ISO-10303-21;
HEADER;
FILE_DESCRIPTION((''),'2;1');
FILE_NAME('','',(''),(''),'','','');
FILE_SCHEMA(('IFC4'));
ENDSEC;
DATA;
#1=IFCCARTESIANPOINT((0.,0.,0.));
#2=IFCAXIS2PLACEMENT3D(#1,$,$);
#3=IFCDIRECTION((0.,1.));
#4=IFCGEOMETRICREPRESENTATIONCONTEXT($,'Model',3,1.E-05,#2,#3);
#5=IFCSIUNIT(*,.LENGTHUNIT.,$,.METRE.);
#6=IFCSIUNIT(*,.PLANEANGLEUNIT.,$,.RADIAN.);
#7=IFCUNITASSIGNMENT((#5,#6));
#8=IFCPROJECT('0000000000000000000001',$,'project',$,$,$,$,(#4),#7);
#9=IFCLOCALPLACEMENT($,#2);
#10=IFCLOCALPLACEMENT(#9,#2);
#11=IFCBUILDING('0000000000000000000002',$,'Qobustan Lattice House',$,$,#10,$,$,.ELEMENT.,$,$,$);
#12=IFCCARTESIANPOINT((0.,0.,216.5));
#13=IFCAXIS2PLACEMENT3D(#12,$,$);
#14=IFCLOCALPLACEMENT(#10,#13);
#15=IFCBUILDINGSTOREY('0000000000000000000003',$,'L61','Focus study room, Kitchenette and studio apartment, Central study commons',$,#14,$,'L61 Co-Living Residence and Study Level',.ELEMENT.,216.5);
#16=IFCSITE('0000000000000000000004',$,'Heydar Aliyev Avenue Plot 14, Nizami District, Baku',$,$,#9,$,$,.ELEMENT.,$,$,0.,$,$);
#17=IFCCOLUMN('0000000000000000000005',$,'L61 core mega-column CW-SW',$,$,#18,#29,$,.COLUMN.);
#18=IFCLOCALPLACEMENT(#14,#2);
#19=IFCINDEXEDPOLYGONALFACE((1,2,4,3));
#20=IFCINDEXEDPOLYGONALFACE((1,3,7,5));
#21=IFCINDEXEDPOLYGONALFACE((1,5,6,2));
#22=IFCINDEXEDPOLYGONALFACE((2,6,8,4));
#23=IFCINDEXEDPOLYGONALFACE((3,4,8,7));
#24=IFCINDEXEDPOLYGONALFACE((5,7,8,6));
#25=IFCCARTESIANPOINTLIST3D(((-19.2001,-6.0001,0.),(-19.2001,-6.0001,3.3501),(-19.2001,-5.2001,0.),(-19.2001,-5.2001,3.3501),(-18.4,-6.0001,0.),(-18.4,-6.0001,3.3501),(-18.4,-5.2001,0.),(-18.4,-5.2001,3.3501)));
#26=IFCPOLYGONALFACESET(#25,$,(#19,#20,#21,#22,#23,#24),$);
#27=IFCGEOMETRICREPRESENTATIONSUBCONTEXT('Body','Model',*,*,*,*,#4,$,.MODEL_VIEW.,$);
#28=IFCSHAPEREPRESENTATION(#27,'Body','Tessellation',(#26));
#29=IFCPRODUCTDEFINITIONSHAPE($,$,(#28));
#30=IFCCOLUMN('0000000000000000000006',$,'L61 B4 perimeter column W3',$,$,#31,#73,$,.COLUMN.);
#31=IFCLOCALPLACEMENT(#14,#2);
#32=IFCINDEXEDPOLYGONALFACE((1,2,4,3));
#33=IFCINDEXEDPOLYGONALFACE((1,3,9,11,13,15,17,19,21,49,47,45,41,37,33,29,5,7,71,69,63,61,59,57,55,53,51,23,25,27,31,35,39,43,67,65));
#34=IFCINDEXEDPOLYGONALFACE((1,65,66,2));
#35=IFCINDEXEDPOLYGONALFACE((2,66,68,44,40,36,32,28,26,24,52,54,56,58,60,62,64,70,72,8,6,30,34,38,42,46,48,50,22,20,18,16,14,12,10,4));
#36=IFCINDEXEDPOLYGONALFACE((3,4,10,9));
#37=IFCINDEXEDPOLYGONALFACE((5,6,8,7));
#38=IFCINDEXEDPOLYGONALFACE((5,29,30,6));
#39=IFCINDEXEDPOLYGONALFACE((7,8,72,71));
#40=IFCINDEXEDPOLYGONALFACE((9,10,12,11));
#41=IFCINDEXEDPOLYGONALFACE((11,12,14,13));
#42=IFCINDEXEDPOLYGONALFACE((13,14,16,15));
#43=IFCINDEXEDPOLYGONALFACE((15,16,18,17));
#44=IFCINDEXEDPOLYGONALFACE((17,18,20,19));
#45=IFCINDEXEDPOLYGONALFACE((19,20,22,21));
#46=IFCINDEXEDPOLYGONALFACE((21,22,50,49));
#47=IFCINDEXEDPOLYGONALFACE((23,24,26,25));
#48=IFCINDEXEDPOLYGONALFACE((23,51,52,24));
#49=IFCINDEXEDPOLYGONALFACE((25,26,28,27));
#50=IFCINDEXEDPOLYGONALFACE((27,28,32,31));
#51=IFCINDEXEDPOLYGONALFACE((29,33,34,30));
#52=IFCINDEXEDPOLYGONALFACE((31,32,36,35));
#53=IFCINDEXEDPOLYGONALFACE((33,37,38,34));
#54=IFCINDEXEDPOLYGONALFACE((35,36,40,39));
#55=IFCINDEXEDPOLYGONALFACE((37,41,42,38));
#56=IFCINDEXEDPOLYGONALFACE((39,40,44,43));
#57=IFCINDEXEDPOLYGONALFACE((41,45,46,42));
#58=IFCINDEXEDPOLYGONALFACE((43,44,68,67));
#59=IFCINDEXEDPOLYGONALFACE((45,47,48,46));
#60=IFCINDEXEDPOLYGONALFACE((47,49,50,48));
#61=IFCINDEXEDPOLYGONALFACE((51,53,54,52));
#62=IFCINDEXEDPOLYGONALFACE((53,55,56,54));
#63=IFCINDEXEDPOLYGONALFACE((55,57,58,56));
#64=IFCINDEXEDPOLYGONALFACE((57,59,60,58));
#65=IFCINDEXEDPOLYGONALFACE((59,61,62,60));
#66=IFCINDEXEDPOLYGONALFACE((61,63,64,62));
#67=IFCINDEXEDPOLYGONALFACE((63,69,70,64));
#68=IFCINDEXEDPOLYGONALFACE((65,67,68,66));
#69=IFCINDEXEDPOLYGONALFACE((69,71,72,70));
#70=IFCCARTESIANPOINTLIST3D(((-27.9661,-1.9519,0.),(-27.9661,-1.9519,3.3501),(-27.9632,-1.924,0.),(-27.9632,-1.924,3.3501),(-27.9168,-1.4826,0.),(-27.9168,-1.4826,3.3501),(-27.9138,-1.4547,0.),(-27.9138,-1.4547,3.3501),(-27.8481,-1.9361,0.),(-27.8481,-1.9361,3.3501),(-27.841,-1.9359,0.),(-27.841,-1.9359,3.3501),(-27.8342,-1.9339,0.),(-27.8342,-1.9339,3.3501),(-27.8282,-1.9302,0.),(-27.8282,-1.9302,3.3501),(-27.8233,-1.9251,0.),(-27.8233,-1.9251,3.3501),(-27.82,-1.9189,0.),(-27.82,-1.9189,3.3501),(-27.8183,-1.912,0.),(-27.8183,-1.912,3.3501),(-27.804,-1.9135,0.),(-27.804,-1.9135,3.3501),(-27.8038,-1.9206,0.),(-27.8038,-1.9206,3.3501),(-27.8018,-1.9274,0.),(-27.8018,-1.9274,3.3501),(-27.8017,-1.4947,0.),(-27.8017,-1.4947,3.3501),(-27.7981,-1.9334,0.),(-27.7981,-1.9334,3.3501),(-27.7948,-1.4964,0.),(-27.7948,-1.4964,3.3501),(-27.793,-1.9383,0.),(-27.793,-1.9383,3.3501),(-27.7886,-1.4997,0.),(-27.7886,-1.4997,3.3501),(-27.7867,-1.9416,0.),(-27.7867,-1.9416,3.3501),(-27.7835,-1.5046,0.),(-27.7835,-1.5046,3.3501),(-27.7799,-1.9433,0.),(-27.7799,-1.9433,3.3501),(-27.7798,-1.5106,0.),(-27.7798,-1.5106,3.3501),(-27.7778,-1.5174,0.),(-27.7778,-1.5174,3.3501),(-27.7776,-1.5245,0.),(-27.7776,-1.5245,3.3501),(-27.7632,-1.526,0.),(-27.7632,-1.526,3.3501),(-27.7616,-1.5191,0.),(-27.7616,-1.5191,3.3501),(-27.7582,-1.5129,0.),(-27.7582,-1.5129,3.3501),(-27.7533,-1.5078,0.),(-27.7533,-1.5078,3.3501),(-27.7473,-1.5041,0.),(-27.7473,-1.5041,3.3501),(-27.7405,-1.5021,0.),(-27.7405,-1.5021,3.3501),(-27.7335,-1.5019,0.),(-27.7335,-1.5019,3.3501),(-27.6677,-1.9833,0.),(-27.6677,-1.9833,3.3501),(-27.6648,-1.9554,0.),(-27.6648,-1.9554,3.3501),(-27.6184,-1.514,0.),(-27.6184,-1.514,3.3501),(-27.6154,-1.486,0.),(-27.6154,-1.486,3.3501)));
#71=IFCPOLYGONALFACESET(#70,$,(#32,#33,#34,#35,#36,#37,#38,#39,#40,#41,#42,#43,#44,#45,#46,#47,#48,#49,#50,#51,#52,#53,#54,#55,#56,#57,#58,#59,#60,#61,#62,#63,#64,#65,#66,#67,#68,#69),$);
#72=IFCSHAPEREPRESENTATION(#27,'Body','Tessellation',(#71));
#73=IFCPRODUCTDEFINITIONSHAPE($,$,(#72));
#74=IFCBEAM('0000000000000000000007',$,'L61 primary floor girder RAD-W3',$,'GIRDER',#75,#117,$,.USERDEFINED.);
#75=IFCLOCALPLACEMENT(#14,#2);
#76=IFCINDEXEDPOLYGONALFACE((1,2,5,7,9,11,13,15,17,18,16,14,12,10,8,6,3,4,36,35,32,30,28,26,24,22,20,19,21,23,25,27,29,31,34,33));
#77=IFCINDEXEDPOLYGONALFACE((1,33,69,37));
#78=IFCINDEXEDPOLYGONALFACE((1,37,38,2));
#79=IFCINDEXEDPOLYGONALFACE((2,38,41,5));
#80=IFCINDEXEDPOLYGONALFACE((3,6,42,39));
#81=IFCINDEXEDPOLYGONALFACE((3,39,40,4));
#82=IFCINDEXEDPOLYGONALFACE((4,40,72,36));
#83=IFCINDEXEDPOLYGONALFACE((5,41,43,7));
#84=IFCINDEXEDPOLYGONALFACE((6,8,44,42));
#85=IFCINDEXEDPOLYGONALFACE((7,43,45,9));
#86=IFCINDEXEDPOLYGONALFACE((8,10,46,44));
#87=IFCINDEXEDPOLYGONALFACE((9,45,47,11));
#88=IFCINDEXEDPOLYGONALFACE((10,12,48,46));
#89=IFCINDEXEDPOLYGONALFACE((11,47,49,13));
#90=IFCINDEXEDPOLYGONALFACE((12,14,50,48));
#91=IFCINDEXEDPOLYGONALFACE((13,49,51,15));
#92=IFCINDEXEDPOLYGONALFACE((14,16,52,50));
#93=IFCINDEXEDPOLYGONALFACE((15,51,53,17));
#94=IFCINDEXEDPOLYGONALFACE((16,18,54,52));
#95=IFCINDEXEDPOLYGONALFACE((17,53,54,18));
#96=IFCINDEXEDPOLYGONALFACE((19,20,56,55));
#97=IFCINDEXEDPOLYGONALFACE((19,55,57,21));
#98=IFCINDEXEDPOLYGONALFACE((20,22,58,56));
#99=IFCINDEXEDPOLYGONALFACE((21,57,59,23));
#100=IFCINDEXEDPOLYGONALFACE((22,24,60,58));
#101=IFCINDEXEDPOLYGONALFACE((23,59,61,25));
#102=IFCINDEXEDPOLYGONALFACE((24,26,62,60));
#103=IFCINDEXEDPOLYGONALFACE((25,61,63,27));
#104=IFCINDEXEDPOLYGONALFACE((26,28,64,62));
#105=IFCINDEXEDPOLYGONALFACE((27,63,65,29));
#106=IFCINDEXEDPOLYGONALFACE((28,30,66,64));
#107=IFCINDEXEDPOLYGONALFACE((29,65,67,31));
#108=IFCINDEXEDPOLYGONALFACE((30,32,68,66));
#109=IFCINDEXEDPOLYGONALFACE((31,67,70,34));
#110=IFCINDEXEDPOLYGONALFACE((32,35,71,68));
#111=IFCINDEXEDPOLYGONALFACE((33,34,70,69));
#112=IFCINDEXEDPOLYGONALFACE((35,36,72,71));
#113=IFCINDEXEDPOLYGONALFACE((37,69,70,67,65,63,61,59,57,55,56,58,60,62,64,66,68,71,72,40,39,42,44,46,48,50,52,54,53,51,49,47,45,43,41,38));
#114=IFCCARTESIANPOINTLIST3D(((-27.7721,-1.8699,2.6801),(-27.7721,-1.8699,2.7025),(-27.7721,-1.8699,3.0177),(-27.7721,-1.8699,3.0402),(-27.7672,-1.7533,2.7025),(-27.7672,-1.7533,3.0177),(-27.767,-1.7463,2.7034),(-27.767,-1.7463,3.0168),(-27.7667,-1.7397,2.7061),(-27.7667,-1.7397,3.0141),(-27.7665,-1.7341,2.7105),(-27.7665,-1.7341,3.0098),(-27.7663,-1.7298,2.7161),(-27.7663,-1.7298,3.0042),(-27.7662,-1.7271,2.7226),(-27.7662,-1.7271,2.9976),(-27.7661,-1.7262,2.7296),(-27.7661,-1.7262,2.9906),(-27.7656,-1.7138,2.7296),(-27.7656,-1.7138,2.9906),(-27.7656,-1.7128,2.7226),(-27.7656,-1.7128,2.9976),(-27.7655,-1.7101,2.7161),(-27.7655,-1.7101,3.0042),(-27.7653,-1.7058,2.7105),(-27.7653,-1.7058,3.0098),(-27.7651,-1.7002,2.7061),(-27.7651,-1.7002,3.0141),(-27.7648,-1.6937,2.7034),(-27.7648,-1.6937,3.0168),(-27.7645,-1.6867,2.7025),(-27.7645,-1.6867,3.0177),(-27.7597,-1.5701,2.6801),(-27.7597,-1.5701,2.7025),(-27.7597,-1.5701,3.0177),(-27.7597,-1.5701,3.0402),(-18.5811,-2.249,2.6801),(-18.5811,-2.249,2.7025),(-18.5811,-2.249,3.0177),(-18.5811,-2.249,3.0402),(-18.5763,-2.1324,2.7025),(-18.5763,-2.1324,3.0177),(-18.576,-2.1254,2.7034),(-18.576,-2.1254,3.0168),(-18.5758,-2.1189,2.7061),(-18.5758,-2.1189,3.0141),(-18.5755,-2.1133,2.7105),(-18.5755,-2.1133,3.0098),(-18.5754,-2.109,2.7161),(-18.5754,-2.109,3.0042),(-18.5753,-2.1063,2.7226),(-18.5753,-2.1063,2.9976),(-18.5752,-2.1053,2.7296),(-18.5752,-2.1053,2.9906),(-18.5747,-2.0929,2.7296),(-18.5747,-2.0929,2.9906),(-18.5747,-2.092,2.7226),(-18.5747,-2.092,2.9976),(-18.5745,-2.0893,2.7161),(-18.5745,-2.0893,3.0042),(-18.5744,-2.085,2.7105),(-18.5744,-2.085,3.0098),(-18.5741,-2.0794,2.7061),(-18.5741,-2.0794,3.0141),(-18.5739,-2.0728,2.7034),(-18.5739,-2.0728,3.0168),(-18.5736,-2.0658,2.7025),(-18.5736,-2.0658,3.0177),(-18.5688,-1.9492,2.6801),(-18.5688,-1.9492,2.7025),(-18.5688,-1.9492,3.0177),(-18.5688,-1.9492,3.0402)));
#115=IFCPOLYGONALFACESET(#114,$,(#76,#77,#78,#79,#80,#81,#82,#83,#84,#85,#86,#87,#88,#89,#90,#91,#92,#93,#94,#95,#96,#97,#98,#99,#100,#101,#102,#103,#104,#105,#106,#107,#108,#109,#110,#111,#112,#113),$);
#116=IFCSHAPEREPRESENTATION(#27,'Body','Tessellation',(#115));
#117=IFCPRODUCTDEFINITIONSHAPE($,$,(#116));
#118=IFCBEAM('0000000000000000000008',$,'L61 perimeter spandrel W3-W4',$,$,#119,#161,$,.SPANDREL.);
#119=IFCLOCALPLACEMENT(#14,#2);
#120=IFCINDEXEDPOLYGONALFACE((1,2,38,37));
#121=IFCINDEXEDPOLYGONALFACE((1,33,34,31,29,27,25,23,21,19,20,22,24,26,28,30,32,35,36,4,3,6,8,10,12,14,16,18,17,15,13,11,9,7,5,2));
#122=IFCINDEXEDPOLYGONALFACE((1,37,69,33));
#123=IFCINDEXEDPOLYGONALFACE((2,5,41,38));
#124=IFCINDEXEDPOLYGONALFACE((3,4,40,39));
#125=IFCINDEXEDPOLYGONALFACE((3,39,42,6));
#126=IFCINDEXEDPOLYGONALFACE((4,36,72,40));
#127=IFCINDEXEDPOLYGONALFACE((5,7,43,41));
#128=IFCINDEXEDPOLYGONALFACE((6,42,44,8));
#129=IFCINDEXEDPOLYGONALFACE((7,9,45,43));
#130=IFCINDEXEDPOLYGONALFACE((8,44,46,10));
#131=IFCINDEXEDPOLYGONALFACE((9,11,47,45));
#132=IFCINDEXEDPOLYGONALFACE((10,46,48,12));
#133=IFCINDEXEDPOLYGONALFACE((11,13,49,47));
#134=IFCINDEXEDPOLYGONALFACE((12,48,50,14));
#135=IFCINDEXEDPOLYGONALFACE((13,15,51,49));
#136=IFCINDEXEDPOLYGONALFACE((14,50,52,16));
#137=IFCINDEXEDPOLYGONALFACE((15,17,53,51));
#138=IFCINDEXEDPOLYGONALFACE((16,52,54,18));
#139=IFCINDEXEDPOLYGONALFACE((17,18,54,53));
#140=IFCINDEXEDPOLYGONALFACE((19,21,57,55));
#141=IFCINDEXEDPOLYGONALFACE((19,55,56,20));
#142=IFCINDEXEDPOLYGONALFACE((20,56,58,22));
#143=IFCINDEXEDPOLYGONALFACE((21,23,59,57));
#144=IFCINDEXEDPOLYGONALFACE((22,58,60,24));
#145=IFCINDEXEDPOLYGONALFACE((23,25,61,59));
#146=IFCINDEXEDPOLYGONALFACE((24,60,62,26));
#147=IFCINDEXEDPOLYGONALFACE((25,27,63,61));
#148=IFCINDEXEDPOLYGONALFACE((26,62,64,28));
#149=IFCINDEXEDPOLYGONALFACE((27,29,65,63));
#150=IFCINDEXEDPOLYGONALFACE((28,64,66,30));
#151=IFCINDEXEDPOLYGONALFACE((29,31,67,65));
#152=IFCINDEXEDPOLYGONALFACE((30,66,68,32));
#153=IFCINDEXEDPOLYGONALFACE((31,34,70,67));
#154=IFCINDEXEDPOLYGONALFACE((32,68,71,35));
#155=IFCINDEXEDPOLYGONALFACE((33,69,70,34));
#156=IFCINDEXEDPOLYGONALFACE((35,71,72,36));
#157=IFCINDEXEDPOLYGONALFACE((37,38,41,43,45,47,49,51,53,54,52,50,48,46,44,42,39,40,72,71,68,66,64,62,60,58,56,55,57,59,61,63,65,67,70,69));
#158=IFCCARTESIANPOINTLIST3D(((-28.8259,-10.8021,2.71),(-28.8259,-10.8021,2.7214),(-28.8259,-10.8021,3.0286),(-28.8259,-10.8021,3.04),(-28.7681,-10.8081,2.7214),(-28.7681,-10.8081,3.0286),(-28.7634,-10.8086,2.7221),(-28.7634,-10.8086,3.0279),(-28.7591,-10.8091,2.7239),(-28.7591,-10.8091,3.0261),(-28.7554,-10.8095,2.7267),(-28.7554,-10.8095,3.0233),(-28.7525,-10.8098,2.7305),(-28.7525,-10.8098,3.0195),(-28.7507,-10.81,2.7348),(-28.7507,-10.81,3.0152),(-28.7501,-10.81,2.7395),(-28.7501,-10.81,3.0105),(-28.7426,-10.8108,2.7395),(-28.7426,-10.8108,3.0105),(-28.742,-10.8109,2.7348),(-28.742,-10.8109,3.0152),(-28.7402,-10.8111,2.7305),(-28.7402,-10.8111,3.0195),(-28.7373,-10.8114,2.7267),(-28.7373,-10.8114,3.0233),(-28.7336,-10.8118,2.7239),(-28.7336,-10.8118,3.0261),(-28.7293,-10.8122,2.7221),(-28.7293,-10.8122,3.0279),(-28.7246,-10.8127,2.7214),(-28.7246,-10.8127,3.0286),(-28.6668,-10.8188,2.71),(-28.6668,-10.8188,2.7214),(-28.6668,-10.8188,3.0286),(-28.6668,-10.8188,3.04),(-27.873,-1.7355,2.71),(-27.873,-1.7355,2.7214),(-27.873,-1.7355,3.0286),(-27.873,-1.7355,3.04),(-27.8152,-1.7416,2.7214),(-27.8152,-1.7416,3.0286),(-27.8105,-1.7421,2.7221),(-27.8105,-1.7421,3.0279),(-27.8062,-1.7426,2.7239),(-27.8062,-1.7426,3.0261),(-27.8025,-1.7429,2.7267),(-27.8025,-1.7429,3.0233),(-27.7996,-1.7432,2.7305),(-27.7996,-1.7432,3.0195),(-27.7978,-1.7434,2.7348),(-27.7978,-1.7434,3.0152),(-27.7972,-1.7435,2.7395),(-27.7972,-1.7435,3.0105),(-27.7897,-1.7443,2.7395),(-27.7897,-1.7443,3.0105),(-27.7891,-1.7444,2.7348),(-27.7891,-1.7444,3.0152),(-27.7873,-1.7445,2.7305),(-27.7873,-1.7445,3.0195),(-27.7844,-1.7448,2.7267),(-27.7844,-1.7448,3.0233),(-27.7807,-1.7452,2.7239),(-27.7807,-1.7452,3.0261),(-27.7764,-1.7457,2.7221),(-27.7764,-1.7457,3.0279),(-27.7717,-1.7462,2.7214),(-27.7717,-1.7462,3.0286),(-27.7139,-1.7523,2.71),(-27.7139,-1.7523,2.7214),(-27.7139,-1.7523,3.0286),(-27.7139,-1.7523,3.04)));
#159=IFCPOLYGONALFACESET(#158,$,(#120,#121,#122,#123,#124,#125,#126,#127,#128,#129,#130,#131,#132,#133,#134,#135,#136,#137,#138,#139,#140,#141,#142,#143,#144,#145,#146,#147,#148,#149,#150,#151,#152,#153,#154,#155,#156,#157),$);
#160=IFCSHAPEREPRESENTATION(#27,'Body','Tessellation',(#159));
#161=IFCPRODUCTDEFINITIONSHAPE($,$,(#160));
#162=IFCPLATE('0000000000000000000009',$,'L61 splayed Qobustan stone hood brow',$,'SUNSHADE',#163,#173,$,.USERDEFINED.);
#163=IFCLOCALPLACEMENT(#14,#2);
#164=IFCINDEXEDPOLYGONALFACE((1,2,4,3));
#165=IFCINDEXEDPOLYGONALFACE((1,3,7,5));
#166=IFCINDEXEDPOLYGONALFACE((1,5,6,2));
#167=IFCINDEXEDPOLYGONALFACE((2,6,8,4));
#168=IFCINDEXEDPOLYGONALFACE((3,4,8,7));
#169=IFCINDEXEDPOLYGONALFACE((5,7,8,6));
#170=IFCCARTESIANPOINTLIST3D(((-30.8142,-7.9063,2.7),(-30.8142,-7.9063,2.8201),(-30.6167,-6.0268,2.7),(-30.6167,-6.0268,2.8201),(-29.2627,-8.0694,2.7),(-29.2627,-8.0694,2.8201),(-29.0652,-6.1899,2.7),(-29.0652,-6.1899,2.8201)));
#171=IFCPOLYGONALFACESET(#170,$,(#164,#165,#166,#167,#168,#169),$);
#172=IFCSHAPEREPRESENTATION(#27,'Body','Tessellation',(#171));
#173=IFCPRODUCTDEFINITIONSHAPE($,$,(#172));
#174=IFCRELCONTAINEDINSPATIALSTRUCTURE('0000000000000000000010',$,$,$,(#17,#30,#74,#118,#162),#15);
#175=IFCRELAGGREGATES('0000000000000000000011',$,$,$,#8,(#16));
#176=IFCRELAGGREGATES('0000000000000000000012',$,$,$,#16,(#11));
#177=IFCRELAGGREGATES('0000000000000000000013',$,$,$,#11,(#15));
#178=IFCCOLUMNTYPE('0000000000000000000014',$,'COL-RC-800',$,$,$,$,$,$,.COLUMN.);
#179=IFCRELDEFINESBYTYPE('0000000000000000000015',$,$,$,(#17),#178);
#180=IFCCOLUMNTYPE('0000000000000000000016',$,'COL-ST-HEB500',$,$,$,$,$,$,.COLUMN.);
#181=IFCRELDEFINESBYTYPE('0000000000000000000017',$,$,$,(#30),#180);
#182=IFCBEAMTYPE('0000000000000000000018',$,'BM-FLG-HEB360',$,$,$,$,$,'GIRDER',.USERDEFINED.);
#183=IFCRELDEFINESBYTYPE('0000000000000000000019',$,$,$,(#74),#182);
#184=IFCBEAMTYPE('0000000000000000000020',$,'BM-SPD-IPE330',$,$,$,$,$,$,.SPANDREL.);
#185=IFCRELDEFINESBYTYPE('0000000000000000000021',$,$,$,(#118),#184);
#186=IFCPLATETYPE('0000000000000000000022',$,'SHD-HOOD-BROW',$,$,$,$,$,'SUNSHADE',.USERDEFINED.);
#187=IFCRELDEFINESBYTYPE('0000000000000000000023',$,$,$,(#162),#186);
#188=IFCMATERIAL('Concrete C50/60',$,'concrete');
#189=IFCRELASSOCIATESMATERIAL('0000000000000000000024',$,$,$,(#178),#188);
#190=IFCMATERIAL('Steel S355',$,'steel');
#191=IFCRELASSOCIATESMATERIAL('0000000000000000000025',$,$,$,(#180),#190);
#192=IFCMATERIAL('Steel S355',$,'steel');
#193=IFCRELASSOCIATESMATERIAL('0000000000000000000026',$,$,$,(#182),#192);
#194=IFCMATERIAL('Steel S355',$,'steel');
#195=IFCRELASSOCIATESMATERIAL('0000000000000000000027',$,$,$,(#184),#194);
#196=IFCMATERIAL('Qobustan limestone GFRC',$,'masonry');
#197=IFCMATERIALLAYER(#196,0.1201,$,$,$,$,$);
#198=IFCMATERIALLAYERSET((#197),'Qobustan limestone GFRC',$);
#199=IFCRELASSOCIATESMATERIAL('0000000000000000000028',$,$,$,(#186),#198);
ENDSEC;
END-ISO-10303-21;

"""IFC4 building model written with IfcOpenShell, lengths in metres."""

from ifc_helpers import new_model, si_unit, direction, frame, origin, origin_2d, place, context, subcontext, project, spatial, rectangle, i_section, extrude, material, layer, layer_set, material_profile, profile_set, type_object, element, save


model = new_model("IFC4")

# Units and contexts
model_context = context("Model", 3, precision=1e-05, world=origin(), true_north=direction((0.0, 1.0)))
body_context = subcontext(model_context, "Body", "Model", "MODEL_VIEW")
ifc_project = project(units=[si_unit("LENGTHUNIT", "METRE"), si_unit("PLANEANGLEUNIT", "RADIAN")], contexts=[model_context])

# Site, building, storey
site_placement = place(None, origin())
site = spatial("IfcSite", under=ifc_project, at=site_placement, Name="Heydar Aliyev Avenue Plot 14, Nizami District, Baku", CompositionType="ELEMENT", RefElevation=0.0)
building_placement = place(site_placement, origin())
building = spatial("IfcBuilding", under=site, at=building_placement, Name="Qobustan Lattice House", CompositionType="ELEMENT")
storey_placement = place(building_placement, frame((0.0, 0.0, 216.5)))
storey = spatial("IfcBuildingStorey", under=building, at=storey_placement, Name="L61", Description="Focus study room, Kitchenette and studio apartment, Central study commons", LongName="L61 Co-Living Residence and Study Level", CompositionType="ELEMENT", Elevation=216.5)

# Columns
ifc_material_1 = material(Name="Concrete C50/60", Category="concrete")
ifc_material_profile_1 = material_profile(ifc_material_1, rectangle(XDim=0.8, YDim=0.8, at=origin_2d()), Name="RC800x800")
ifc_profile_set_1 = profile_set([ifc_material_profile_1], Name="Concrete C50/60")
column_type_1 = type_object("IfcColumnType", Name="COL-RC-800", PredefinedType="COLUMN", material=ifc_profile_set_1)
column_1_placement = place(storey_placement, frame((-18.8, -5.6001, 0.0), z_axis=(0.0, 0.0, 1.0), x_axis=(1.0, 0.0, 0.0)))
element("IfcColumn", 1, at=column_1_placement, inside=storey, type_object=column_type_1, Name="L61 core mega-column CW-SW", PredefinedType="COLUMN", context=body_context, shape_type="SweptSolid", body=[
    extrude(rectangle(XDim=0.8, YDim=0.8, at=origin_2d()), origin(), (0.0, 0.0, 1.0), 3.3501),
])
ifc_material_2 = material(Name="Steel S355", Category="steel")
ifc_material_profile_2 = material_profile(ifc_material_2, i_section(OverallWidth=0.3, OverallDepth=0.5, WebThickness=0.0144, FlangeThickness=0.0281, FilletRadius=0.0271, at=origin_2d()), Name="HEB500")
ifc_profile_set_2 = profile_set([ifc_material_profile_2], Name="Steel S355")
column_type_2 = type_object("IfcColumnType", Name="COL-ST-HEB500", PredefinedType="COLUMN", material=ifc_profile_set_2)
column_2_placement = place(storey_placement, frame((-27.7908, -1.719, 0.0), z_axis=(0.0, 0.0, 1.0), x_axis=(0.994522, -0.104528, 0.0)))
element("IfcColumn", 2, at=column_2_placement, inside=storey, type_object=column_type_2, Name="L61 B4 perimeter column W3", PredefinedType="COLUMN", context=body_context, shape_type="SweptSolid", body=[
    extrude(i_section(OverallWidth=0.3, OverallDepth=0.5, WebThickness=0.0144, FlangeThickness=0.0281, FilletRadius=0.0271, at=origin_2d()), origin(), (0.0, 0.0, 1.0), 3.3501),
])

# Beams
ifc_material_3 = material(Name="Steel S355", Category="steel")
ifc_material_profile_3 = material_profile(ifc_material_3, i_section(OverallWidth=0.3, OverallDepth=0.3601, WebThickness=0.0125, FlangeThickness=0.0225, FilletRadius=0.0271, at=origin_2d()), Name="HEB360")
ifc_profile_set_3 = profile_set([ifc_material_profile_3], Name="Steel S355")
beam_type_1 = type_object("IfcBeamType", Name="BM-FLG-HEB360", ElementType="GIRDER", PredefinedType="USERDEFINED", material=ifc_profile_set_3)
beam_1_placement = place(storey_placement, frame((-27.7659, -1.72, 2.8601), z_axis=(0.99915, -0.041218, 0.0), x_axis=(0.041218, 0.99915, 0.0)))
element("IfcBeam", 3, at=beam_1_placement, inside=storey, type_object=beam_type_1, Name="L61 primary floor girder RAD-W3", ObjectType="GIRDER", PredefinedType="USERDEFINED", context=body_context, shape_type="SweptSolid", body=[
    extrude(i_section(OverallWidth=0.3, OverallDepth=0.3601, WebThickness=0.0125, FlangeThickness=0.0225, FilletRadius=0.0271, at=origin_2d()), origin(), (0.0, 0.0, 1.0), 9.1987),
])
ifc_material_4 = material(Name="Steel S355", Category="steel")
ifc_material_profile_4 = material_profile(ifc_material_4, i_section(OverallWidth=0.1599, OverallDepth=0.3301, WebThickness=0.0076, FlangeThickness=0.0115, FilletRadius=0.0181, at=origin_2d()), Name="IPE330")
ifc_profile_set_4 = profile_set([ifc_material_profile_4], Name="Steel S355")
beam_type_2 = type_object("IfcBeamType", Name="BM-SPD-IPE330", PredefinedType="SPANDREL", material=ifc_profile_set_4)
beam_2_placement = place(storey_placement, frame((-27.7935, -1.7439, 2.875), z_axis=(-0.104524, -0.994522, 0.0), x_axis=(0.994522, -0.104524, 0.0)))
element("IfcBeam", 4, at=beam_2_placement, inside=storey, type_object=beam_type_2, Name="L61 perimeter spandrel W3-W4", PredefinedType="SPANDREL", context=body_context, shape_type="SweptSolid", body=[
    extrude(i_section(OverallWidth=0.1599, OverallDepth=0.3301, WebThickness=0.0076, FlangeThickness=0.0115, FilletRadius=0.0181, at=origin_2d()), origin(), (0.0, 0.0, 1.0), 9.1165),
])

# Plate
ifc_material_5 = material(Name="Qobustan limestone GFRC", Category="masonry")
ifc_layer_1 = layer(ifc_material_5, 0.1201)
ifc_layer_set_1 = layer_set([ifc_layer_1], Name="Qobustan limestone GFRC")
plate_type = type_object("IfcPlateType", Name="SHD-HOOD-BROW", ElementType="SUNSHADE", PredefinedType="USERDEFINED", material=ifc_layer_set_1)
plate_placement = place(storey_placement, frame((-29.9397, -7.0481, 2.7), z_axis=(0.0, 0.0, 1.0), x_axis=(0.104528, 0.994522, 0.0)))
element("IfcPlate", 5, at=plate_placement, inside=storey, type_object=plate_type, Name="L61 splayed Qobustan stone hood brow", ObjectType="SUNSHADE", PredefinedType="USERDEFINED", context=body_context, shape_type="SweptSolid", body=[
    extrude(rectangle(XDim=1.8899, YDim=1.5601, at=origin_2d()), origin(), (0.0, 0.0, 1.0), 0.1201),
])

save(model, "model.ifc")
